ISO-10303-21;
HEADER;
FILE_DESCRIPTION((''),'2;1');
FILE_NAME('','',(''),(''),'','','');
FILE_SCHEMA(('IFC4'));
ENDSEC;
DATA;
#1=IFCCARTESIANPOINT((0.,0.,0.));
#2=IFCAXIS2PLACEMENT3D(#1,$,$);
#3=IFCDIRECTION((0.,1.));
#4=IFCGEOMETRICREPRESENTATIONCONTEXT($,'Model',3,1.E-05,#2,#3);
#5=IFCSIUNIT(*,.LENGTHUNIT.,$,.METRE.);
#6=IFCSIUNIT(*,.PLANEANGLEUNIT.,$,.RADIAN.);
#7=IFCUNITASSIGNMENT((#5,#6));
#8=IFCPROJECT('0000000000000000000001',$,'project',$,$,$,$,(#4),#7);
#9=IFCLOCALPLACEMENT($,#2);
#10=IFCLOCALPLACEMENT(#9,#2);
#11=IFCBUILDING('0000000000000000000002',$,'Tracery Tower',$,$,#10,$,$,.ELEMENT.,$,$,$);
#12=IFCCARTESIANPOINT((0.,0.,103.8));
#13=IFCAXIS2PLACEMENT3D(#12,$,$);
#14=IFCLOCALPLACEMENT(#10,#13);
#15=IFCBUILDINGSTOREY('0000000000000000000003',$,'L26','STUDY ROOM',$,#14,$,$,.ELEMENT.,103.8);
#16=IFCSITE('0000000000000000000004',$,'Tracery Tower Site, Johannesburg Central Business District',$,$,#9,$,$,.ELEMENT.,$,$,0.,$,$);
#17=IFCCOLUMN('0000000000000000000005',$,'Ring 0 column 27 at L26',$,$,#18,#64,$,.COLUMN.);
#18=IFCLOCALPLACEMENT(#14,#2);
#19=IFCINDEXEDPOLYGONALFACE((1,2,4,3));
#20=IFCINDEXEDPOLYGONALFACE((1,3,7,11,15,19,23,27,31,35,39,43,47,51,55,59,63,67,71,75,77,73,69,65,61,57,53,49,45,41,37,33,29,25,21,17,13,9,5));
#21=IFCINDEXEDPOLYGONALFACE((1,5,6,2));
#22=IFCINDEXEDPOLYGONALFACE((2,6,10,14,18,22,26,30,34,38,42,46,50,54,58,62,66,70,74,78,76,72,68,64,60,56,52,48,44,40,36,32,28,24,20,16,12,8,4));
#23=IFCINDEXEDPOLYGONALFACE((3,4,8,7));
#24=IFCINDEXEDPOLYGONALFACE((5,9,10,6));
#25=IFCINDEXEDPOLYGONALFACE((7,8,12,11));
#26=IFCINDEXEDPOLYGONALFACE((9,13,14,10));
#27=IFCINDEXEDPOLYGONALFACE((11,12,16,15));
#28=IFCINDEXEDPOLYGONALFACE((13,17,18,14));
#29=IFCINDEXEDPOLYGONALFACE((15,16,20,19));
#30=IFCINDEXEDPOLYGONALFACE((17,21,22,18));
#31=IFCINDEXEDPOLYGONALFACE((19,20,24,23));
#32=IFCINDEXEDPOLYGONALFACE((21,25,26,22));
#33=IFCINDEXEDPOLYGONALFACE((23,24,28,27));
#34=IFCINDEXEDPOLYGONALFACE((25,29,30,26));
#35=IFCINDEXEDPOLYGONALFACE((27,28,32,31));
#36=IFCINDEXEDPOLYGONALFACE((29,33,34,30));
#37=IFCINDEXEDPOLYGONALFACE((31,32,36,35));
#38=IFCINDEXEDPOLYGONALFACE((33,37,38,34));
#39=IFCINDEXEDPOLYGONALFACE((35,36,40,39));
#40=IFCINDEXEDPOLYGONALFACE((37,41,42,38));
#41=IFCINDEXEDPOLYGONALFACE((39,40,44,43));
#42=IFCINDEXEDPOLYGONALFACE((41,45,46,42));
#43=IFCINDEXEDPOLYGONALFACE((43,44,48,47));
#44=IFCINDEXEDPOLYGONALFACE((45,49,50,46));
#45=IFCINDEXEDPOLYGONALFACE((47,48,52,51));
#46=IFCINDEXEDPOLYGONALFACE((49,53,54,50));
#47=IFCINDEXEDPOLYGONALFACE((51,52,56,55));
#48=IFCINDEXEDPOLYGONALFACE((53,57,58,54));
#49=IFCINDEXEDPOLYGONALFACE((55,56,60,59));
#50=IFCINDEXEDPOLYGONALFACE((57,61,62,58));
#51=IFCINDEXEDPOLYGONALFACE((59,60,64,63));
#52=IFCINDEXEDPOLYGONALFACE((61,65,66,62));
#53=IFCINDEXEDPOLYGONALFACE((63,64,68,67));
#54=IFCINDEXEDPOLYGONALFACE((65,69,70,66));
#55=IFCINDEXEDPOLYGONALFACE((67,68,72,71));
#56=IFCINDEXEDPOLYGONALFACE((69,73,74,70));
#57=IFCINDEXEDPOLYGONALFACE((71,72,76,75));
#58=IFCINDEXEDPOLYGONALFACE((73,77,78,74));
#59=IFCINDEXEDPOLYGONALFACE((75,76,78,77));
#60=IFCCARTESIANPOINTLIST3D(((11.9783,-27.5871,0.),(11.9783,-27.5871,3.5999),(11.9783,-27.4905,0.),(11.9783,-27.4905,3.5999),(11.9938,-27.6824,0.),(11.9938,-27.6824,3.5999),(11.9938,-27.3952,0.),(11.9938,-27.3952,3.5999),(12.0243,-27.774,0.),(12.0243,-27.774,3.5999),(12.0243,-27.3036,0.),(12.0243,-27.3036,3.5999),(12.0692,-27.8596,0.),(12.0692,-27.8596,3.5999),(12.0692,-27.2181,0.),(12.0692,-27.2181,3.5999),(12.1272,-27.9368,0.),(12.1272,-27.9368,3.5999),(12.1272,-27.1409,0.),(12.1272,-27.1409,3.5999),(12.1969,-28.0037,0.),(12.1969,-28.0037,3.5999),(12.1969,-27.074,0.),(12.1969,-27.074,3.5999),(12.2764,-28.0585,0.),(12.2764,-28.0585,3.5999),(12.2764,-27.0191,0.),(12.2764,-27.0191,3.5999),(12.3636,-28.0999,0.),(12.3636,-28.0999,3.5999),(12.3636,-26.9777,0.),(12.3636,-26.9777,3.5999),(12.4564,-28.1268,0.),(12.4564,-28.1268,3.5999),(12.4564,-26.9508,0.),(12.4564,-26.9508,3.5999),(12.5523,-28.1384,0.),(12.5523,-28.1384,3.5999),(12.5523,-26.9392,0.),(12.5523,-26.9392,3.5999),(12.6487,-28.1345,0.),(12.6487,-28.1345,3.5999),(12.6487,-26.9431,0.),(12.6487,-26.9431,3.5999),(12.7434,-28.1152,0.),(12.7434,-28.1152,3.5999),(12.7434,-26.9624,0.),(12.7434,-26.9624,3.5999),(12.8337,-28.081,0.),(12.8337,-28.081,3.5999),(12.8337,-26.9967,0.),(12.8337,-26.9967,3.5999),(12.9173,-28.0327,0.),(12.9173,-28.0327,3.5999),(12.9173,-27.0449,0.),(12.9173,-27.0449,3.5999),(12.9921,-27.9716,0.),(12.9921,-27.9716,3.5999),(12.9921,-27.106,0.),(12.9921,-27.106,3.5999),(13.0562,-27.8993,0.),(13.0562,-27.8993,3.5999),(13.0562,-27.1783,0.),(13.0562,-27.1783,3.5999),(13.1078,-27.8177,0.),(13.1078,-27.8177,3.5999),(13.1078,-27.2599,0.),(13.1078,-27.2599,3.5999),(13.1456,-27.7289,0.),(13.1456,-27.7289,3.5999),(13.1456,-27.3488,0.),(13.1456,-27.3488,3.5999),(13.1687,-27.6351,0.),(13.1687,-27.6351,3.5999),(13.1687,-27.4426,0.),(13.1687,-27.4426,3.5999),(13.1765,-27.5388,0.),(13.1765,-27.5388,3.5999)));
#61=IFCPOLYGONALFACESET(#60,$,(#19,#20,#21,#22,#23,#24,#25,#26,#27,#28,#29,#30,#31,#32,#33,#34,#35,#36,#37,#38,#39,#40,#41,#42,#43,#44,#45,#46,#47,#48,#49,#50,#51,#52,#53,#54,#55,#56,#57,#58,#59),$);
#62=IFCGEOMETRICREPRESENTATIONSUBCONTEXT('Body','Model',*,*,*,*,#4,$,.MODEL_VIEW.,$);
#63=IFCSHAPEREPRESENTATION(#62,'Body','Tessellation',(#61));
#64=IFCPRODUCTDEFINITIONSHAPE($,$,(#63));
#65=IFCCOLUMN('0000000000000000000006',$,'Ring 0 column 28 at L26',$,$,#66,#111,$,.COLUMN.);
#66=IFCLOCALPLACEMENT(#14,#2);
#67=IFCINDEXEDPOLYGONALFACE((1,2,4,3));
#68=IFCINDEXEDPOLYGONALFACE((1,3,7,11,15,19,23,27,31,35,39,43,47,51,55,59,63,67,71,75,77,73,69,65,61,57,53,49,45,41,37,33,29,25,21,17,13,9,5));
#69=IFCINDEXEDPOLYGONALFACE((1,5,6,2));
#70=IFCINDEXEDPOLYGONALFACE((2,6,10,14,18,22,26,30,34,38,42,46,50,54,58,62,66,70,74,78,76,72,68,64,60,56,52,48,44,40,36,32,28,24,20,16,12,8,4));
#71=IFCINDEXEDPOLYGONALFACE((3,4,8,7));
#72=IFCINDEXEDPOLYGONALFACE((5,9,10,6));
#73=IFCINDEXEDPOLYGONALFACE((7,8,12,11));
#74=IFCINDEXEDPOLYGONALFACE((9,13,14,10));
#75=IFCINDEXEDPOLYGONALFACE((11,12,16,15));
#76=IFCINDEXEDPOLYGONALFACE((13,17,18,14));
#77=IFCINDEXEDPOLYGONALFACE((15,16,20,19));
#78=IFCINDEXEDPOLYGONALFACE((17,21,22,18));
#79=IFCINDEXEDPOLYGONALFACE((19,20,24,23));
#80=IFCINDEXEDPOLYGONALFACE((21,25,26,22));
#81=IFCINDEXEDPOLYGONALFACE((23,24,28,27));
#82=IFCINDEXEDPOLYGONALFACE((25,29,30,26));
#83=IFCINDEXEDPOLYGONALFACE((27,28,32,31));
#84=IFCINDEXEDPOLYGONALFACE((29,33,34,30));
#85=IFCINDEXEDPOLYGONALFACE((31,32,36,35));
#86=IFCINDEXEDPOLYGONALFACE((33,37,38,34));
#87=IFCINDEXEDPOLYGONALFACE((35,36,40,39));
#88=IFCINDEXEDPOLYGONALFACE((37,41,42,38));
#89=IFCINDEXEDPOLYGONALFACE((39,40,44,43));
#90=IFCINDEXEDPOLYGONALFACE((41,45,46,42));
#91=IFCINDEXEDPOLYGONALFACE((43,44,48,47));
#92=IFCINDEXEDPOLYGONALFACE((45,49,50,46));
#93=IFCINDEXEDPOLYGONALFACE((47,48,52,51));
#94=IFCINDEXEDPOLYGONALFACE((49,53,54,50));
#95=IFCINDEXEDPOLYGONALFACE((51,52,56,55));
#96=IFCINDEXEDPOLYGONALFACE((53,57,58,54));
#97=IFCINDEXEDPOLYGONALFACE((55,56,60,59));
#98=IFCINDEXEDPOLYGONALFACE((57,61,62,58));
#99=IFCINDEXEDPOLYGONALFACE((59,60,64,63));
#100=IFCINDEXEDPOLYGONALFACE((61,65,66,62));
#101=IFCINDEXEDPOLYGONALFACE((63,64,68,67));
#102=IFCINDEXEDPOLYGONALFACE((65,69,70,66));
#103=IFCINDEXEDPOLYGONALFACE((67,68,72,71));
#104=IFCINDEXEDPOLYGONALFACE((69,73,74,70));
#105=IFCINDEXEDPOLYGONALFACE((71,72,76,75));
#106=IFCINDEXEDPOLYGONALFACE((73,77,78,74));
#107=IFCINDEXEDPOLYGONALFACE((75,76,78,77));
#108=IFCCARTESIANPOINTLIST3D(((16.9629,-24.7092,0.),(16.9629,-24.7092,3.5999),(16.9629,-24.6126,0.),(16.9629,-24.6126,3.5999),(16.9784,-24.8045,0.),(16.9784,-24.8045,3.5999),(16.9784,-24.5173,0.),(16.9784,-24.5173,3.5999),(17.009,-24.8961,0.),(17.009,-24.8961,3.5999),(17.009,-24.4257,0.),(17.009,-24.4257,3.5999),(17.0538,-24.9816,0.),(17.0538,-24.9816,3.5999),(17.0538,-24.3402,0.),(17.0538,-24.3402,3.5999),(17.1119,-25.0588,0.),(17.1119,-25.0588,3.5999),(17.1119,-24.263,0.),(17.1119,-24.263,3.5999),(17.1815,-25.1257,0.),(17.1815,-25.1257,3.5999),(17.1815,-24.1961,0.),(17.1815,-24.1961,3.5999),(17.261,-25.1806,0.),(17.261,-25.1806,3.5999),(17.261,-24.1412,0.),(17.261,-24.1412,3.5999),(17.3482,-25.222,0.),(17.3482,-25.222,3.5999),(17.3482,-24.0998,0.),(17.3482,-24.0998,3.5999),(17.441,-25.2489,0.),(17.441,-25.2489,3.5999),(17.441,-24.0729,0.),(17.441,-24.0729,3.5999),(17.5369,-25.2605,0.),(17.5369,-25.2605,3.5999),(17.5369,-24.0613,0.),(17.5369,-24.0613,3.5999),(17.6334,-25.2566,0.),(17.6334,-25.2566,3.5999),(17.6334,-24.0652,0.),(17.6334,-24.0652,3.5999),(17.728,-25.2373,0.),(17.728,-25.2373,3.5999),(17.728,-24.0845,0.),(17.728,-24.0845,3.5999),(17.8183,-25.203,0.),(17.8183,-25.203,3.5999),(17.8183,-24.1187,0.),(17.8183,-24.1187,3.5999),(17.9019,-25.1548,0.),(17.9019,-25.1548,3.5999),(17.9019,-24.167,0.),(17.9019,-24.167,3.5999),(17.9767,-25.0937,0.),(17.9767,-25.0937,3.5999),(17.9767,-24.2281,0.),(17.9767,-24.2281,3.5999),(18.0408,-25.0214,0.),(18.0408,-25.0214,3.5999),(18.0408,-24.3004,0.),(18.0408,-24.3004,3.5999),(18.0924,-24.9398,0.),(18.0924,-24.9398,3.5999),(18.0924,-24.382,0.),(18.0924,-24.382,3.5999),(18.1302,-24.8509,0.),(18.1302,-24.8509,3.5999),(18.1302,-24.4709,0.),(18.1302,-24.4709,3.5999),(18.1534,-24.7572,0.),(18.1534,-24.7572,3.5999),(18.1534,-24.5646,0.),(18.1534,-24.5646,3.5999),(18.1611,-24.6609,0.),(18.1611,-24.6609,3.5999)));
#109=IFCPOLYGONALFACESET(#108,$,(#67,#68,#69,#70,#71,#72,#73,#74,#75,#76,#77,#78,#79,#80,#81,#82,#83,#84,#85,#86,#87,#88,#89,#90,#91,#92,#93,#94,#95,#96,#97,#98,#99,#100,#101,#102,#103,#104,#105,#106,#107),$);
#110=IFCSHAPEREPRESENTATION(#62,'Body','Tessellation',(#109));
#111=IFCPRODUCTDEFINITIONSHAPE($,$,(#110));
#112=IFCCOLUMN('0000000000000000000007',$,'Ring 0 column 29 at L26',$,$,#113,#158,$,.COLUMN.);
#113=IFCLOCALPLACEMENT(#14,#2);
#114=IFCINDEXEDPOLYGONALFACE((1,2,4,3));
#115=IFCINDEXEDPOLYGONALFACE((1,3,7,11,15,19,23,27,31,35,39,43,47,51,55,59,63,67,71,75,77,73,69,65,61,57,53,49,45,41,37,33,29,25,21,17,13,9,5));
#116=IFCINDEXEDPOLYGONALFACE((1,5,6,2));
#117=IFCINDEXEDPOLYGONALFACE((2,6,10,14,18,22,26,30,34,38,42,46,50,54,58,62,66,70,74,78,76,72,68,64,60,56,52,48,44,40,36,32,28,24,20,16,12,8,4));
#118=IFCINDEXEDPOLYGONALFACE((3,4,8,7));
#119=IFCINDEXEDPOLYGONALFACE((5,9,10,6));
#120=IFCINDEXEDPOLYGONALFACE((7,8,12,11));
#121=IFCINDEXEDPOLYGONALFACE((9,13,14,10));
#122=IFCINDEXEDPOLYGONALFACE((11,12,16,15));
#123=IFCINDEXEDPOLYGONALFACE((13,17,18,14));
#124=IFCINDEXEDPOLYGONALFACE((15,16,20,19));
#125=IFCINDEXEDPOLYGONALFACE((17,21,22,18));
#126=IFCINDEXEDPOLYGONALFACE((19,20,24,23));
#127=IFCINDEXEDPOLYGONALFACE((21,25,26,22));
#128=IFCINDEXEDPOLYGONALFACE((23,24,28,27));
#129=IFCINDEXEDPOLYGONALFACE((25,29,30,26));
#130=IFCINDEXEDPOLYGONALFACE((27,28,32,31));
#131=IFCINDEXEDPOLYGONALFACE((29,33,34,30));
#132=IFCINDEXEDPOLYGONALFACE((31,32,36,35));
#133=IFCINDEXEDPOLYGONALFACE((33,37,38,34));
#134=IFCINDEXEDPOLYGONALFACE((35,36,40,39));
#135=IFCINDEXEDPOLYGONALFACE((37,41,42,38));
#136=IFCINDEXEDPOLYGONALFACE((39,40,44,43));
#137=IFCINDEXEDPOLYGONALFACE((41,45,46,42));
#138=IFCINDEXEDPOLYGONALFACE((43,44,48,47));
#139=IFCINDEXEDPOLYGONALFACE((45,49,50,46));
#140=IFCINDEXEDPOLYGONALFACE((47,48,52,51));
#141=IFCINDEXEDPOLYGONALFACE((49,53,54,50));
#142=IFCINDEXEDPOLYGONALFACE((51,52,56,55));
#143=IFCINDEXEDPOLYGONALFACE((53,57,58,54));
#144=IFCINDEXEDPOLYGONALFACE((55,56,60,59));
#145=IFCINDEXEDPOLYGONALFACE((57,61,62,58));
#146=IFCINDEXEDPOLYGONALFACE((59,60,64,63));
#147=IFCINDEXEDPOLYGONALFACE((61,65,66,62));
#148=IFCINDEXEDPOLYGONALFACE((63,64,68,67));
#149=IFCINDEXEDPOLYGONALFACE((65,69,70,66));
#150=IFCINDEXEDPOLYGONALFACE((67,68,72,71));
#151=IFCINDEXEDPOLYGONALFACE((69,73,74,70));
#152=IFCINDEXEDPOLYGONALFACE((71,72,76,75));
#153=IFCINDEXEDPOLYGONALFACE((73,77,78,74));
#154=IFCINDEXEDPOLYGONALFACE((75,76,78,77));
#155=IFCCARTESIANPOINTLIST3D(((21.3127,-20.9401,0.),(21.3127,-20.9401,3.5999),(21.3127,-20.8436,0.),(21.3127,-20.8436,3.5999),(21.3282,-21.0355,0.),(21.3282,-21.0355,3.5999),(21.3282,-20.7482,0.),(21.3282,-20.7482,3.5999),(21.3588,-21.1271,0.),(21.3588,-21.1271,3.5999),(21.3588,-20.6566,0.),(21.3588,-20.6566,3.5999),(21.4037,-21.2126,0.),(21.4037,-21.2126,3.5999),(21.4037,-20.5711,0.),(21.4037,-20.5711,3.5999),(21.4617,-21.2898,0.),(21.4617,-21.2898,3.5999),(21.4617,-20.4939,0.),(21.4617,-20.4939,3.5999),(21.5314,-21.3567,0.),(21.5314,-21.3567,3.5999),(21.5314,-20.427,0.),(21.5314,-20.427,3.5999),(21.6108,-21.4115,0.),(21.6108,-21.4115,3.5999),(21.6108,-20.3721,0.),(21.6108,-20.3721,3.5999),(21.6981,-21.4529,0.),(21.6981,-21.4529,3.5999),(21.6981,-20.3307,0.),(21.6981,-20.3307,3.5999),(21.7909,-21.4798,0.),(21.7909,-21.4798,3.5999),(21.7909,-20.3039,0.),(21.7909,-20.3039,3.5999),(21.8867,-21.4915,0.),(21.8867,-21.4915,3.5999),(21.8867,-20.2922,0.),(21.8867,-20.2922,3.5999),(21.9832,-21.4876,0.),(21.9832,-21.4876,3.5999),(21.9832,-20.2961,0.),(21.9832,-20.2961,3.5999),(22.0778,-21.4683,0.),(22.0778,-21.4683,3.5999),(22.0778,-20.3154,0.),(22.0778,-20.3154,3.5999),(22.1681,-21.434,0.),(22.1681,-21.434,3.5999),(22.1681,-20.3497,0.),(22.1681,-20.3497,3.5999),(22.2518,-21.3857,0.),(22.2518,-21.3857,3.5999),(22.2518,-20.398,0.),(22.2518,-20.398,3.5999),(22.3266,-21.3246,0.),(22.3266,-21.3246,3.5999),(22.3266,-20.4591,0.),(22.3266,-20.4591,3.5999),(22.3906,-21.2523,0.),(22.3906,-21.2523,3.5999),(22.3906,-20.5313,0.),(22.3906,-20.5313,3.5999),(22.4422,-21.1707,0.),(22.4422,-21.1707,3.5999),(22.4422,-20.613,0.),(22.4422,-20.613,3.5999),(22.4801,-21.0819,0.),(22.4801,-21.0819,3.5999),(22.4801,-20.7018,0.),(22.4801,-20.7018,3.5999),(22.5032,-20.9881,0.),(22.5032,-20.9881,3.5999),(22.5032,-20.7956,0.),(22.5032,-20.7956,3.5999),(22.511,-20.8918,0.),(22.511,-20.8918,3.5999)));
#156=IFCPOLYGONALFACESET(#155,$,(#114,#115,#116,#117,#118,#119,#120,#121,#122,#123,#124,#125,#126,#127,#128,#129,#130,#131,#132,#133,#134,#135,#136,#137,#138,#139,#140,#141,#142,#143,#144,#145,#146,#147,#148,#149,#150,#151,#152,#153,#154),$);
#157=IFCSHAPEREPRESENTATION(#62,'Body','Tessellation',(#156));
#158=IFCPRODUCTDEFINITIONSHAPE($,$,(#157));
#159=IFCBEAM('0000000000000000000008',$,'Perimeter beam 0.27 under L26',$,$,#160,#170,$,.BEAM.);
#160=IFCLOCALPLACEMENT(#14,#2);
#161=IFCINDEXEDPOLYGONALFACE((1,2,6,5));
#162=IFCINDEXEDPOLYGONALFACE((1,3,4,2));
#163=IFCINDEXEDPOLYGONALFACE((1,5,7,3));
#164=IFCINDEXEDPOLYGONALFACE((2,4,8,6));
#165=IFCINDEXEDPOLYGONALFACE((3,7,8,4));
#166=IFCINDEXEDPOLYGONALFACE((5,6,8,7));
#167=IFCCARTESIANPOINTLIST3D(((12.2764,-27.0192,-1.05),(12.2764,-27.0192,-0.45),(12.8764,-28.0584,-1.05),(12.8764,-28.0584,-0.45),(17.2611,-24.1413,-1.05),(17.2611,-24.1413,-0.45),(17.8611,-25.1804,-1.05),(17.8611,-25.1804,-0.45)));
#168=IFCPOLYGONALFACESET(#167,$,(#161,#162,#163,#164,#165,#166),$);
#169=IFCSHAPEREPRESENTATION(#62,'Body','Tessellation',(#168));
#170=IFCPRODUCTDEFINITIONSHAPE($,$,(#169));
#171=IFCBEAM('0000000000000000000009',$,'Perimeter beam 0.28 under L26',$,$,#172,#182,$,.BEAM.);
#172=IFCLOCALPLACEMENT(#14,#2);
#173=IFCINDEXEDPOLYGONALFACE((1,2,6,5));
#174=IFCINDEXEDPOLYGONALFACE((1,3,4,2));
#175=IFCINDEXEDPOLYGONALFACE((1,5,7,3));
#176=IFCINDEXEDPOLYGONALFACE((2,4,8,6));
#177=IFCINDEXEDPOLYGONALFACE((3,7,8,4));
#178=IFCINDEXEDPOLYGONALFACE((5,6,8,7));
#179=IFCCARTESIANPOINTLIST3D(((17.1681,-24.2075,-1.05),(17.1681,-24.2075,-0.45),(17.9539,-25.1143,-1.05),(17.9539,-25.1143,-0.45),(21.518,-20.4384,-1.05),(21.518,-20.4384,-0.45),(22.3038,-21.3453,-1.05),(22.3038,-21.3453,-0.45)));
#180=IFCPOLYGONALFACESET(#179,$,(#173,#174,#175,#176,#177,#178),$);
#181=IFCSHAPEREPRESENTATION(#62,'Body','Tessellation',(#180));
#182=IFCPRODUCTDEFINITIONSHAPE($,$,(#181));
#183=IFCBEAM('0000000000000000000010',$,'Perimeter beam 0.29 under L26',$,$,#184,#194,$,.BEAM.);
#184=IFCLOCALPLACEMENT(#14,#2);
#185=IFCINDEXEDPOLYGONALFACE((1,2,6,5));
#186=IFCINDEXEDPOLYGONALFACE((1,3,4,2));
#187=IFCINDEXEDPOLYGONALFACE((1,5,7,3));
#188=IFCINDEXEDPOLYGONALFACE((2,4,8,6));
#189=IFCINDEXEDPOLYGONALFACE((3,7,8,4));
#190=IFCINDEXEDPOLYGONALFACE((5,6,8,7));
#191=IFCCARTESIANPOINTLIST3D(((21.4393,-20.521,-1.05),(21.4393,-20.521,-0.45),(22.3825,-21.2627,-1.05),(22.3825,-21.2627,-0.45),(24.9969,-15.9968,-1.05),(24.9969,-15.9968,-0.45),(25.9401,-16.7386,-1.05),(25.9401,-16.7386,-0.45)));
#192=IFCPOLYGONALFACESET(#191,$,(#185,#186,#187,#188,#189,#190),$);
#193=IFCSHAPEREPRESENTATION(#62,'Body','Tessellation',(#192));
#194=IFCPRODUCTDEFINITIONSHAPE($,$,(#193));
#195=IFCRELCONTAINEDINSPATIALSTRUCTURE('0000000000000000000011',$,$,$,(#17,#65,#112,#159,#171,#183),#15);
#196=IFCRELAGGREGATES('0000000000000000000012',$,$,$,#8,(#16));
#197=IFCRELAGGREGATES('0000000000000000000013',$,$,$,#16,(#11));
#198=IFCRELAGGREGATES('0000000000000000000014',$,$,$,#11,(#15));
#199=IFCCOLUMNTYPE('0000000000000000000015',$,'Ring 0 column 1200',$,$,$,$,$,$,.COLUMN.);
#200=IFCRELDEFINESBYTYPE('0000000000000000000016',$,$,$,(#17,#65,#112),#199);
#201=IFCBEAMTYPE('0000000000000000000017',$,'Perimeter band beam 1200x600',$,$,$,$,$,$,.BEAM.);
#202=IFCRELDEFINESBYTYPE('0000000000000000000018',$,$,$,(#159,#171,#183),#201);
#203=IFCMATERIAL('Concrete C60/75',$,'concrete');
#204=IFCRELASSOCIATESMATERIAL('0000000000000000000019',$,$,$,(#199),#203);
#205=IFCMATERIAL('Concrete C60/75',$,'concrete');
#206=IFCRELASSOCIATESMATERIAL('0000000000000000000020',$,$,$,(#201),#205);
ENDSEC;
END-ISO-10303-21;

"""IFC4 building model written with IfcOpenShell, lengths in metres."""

from ifc_helpers import new_model, si_unit, direction, frame, origin, origin_2d, place, context, subcontext, project, spatial, rectangle, circle, extrude, material, material_profile, profile_set, type_object, element, save


model = new_model("IFC4")

# Units and contexts
model_context = context("Model", 3, precision=1e-05, world=origin(), true_north=direction((0.0, 1.0)))
body_context = subcontext(model_context, "Body", "Model", "MODEL_VIEW")
ifc_project = project(units=[si_unit("LENGTHUNIT", "METRE"), si_unit("PLANEANGLEUNIT", "RADIAN")], contexts=[model_context])

# Site, building, storey
site_placement = place(None, origin())
site = spatial("IfcSite", under=ifc_project, at=site_placement, Name="Tracery Tower Site, Johannesburg Central Business District", CompositionType="ELEMENT", RefElevation=0.0)
building_placement = place(site_placement, origin())
building = spatial("IfcBuilding", under=site, at=building_placement, Name="Tracery Tower", CompositionType="ELEMENT")
storey_placement = place(building_placement, frame((0.0, 0.0, 103.8)))
storey = spatial("IfcBuildingStorey", under=building, at=storey_placement, Name="L26", Description="STUDY ROOM", CompositionType="ELEMENT", Elevation=103.8)

# Columns
ifc_material_1 = material(Name="Concrete C60/75", Category="concrete")
ifc_material_profile_1 = material_profile(ifc_material_1, circle(Radius=0.6001, at=origin_2d()), Name="RC D1200")
ifc_profile_set_1 = profile_set([ifc_material_profile_1], Name="Concrete C60/75")
column_type = type_object("IfcColumnType", Name="Ring 0 column 1200", PredefinedType="COLUMN", material=ifc_profile_set_1)
for number, where, z_axis, x_axis, name in (
    (1, (12.5764, -27.5388, 0.0), (0.0, 0.0, 1.0), (1.0, 0.0, 0.0), "Ring 0 column 27 at L26"),
    (2, (17.561, -24.6609, 0.0), (0.0, 0.0, 1.0), (1.0, 0.0, 0.0), "Ring 0 column 28 at L26"),
    (3, (21.9109, -20.8918, 0.0), (0.0, 0.0, 1.0), (1.0, 0.0, 0.0), "Ring 0 column 29 at L26"),
):
    element("IfcColumn", number, at=place(storey_placement, frame(where, z_axis=z_axis, x_axis=x_axis)), inside=storey, type_object=column_type, Name=name, PredefinedType="COLUMN", context=body_context, shape_type="SweptSolid", body=[
        extrude(circle(Radius=0.6001, at=origin_2d()), origin(), (0.0, 0.0, 1.0), 3.5999),
    ])

# Beams
ifc_material_2 = material(Name="Concrete C60/75", Category="concrete")
ifc_material_profile_2 = material_profile(ifc_material_2, rectangle(XDim=1.2, YDim=0.6001, at=origin_2d()), Name="RC 1200x600")
ifc_profile_set_2 = profile_set([ifc_material_profile_2], Name="Concrete C60/75")
beam_type = type_object("IfcBeamType", Name="Perimeter band beam 1200x600", PredefinedType="BEAM", material=ifc_profile_set_2)
beam_1_placement = place(storey_placement, frame((12.5764, -27.5388, -0.75), z_axis=(0.866021, 0.500008, 0.0), x_axis=(-0.500008, 0.866021, 0.0)))
element("IfcBeam", 4, at=beam_1_placement, inside=storey, type_object=beam_type, Name="Perimeter beam 0.27 under L26", PredefinedType="BEAM", context=body_context, shape_type="SweptSolid", body=[
    extrude(rectangle(XDim=1.2, YDim=0.6001, at=origin_2d()), origin(), (0.0, 0.0, 1.0), 5.7559),
])
beam_2_placement = place(storey_placement, frame((17.561, -24.6609, -0.75), z_axis=(0.75576, 0.654848, 0.0), x_axis=(-0.654848, 0.75576, 0.0)))
element("IfcBeam", 5, at=beam_2_placement, inside=storey, type_object=beam_type, Name="Perimeter beam 0.28 under L26", PredefinedType="BEAM", context=body_context, shape_type="SweptSolid", body=[
    extrude(rectangle(XDim=1.2, YDim=0.6001, at=origin_2d()), origin(), (0.0, 0.0, 1.0), 5.7556),
])
beam_3_placement = place(storey_placement, frame((21.9109, -20.8918, -0.75), z_axis=(0.618134, 0.786072, 0.0), x_axis=(-0.786072, 0.618134, 0.0)))
element("IfcBeam", 6, at=beam_3_placement, inside=storey, type_object=beam_type, Name="Perimeter beam 0.29 under L26", PredefinedType="BEAM", context=body_context, shape_type="SweptSolid", body=[
    extrude(rectangle(XDim=1.2, YDim=0.6001, at=origin_2d()), origin(), (0.0, 0.0, 1.0), 5.7554),
])

save(model, "model.ifc")
